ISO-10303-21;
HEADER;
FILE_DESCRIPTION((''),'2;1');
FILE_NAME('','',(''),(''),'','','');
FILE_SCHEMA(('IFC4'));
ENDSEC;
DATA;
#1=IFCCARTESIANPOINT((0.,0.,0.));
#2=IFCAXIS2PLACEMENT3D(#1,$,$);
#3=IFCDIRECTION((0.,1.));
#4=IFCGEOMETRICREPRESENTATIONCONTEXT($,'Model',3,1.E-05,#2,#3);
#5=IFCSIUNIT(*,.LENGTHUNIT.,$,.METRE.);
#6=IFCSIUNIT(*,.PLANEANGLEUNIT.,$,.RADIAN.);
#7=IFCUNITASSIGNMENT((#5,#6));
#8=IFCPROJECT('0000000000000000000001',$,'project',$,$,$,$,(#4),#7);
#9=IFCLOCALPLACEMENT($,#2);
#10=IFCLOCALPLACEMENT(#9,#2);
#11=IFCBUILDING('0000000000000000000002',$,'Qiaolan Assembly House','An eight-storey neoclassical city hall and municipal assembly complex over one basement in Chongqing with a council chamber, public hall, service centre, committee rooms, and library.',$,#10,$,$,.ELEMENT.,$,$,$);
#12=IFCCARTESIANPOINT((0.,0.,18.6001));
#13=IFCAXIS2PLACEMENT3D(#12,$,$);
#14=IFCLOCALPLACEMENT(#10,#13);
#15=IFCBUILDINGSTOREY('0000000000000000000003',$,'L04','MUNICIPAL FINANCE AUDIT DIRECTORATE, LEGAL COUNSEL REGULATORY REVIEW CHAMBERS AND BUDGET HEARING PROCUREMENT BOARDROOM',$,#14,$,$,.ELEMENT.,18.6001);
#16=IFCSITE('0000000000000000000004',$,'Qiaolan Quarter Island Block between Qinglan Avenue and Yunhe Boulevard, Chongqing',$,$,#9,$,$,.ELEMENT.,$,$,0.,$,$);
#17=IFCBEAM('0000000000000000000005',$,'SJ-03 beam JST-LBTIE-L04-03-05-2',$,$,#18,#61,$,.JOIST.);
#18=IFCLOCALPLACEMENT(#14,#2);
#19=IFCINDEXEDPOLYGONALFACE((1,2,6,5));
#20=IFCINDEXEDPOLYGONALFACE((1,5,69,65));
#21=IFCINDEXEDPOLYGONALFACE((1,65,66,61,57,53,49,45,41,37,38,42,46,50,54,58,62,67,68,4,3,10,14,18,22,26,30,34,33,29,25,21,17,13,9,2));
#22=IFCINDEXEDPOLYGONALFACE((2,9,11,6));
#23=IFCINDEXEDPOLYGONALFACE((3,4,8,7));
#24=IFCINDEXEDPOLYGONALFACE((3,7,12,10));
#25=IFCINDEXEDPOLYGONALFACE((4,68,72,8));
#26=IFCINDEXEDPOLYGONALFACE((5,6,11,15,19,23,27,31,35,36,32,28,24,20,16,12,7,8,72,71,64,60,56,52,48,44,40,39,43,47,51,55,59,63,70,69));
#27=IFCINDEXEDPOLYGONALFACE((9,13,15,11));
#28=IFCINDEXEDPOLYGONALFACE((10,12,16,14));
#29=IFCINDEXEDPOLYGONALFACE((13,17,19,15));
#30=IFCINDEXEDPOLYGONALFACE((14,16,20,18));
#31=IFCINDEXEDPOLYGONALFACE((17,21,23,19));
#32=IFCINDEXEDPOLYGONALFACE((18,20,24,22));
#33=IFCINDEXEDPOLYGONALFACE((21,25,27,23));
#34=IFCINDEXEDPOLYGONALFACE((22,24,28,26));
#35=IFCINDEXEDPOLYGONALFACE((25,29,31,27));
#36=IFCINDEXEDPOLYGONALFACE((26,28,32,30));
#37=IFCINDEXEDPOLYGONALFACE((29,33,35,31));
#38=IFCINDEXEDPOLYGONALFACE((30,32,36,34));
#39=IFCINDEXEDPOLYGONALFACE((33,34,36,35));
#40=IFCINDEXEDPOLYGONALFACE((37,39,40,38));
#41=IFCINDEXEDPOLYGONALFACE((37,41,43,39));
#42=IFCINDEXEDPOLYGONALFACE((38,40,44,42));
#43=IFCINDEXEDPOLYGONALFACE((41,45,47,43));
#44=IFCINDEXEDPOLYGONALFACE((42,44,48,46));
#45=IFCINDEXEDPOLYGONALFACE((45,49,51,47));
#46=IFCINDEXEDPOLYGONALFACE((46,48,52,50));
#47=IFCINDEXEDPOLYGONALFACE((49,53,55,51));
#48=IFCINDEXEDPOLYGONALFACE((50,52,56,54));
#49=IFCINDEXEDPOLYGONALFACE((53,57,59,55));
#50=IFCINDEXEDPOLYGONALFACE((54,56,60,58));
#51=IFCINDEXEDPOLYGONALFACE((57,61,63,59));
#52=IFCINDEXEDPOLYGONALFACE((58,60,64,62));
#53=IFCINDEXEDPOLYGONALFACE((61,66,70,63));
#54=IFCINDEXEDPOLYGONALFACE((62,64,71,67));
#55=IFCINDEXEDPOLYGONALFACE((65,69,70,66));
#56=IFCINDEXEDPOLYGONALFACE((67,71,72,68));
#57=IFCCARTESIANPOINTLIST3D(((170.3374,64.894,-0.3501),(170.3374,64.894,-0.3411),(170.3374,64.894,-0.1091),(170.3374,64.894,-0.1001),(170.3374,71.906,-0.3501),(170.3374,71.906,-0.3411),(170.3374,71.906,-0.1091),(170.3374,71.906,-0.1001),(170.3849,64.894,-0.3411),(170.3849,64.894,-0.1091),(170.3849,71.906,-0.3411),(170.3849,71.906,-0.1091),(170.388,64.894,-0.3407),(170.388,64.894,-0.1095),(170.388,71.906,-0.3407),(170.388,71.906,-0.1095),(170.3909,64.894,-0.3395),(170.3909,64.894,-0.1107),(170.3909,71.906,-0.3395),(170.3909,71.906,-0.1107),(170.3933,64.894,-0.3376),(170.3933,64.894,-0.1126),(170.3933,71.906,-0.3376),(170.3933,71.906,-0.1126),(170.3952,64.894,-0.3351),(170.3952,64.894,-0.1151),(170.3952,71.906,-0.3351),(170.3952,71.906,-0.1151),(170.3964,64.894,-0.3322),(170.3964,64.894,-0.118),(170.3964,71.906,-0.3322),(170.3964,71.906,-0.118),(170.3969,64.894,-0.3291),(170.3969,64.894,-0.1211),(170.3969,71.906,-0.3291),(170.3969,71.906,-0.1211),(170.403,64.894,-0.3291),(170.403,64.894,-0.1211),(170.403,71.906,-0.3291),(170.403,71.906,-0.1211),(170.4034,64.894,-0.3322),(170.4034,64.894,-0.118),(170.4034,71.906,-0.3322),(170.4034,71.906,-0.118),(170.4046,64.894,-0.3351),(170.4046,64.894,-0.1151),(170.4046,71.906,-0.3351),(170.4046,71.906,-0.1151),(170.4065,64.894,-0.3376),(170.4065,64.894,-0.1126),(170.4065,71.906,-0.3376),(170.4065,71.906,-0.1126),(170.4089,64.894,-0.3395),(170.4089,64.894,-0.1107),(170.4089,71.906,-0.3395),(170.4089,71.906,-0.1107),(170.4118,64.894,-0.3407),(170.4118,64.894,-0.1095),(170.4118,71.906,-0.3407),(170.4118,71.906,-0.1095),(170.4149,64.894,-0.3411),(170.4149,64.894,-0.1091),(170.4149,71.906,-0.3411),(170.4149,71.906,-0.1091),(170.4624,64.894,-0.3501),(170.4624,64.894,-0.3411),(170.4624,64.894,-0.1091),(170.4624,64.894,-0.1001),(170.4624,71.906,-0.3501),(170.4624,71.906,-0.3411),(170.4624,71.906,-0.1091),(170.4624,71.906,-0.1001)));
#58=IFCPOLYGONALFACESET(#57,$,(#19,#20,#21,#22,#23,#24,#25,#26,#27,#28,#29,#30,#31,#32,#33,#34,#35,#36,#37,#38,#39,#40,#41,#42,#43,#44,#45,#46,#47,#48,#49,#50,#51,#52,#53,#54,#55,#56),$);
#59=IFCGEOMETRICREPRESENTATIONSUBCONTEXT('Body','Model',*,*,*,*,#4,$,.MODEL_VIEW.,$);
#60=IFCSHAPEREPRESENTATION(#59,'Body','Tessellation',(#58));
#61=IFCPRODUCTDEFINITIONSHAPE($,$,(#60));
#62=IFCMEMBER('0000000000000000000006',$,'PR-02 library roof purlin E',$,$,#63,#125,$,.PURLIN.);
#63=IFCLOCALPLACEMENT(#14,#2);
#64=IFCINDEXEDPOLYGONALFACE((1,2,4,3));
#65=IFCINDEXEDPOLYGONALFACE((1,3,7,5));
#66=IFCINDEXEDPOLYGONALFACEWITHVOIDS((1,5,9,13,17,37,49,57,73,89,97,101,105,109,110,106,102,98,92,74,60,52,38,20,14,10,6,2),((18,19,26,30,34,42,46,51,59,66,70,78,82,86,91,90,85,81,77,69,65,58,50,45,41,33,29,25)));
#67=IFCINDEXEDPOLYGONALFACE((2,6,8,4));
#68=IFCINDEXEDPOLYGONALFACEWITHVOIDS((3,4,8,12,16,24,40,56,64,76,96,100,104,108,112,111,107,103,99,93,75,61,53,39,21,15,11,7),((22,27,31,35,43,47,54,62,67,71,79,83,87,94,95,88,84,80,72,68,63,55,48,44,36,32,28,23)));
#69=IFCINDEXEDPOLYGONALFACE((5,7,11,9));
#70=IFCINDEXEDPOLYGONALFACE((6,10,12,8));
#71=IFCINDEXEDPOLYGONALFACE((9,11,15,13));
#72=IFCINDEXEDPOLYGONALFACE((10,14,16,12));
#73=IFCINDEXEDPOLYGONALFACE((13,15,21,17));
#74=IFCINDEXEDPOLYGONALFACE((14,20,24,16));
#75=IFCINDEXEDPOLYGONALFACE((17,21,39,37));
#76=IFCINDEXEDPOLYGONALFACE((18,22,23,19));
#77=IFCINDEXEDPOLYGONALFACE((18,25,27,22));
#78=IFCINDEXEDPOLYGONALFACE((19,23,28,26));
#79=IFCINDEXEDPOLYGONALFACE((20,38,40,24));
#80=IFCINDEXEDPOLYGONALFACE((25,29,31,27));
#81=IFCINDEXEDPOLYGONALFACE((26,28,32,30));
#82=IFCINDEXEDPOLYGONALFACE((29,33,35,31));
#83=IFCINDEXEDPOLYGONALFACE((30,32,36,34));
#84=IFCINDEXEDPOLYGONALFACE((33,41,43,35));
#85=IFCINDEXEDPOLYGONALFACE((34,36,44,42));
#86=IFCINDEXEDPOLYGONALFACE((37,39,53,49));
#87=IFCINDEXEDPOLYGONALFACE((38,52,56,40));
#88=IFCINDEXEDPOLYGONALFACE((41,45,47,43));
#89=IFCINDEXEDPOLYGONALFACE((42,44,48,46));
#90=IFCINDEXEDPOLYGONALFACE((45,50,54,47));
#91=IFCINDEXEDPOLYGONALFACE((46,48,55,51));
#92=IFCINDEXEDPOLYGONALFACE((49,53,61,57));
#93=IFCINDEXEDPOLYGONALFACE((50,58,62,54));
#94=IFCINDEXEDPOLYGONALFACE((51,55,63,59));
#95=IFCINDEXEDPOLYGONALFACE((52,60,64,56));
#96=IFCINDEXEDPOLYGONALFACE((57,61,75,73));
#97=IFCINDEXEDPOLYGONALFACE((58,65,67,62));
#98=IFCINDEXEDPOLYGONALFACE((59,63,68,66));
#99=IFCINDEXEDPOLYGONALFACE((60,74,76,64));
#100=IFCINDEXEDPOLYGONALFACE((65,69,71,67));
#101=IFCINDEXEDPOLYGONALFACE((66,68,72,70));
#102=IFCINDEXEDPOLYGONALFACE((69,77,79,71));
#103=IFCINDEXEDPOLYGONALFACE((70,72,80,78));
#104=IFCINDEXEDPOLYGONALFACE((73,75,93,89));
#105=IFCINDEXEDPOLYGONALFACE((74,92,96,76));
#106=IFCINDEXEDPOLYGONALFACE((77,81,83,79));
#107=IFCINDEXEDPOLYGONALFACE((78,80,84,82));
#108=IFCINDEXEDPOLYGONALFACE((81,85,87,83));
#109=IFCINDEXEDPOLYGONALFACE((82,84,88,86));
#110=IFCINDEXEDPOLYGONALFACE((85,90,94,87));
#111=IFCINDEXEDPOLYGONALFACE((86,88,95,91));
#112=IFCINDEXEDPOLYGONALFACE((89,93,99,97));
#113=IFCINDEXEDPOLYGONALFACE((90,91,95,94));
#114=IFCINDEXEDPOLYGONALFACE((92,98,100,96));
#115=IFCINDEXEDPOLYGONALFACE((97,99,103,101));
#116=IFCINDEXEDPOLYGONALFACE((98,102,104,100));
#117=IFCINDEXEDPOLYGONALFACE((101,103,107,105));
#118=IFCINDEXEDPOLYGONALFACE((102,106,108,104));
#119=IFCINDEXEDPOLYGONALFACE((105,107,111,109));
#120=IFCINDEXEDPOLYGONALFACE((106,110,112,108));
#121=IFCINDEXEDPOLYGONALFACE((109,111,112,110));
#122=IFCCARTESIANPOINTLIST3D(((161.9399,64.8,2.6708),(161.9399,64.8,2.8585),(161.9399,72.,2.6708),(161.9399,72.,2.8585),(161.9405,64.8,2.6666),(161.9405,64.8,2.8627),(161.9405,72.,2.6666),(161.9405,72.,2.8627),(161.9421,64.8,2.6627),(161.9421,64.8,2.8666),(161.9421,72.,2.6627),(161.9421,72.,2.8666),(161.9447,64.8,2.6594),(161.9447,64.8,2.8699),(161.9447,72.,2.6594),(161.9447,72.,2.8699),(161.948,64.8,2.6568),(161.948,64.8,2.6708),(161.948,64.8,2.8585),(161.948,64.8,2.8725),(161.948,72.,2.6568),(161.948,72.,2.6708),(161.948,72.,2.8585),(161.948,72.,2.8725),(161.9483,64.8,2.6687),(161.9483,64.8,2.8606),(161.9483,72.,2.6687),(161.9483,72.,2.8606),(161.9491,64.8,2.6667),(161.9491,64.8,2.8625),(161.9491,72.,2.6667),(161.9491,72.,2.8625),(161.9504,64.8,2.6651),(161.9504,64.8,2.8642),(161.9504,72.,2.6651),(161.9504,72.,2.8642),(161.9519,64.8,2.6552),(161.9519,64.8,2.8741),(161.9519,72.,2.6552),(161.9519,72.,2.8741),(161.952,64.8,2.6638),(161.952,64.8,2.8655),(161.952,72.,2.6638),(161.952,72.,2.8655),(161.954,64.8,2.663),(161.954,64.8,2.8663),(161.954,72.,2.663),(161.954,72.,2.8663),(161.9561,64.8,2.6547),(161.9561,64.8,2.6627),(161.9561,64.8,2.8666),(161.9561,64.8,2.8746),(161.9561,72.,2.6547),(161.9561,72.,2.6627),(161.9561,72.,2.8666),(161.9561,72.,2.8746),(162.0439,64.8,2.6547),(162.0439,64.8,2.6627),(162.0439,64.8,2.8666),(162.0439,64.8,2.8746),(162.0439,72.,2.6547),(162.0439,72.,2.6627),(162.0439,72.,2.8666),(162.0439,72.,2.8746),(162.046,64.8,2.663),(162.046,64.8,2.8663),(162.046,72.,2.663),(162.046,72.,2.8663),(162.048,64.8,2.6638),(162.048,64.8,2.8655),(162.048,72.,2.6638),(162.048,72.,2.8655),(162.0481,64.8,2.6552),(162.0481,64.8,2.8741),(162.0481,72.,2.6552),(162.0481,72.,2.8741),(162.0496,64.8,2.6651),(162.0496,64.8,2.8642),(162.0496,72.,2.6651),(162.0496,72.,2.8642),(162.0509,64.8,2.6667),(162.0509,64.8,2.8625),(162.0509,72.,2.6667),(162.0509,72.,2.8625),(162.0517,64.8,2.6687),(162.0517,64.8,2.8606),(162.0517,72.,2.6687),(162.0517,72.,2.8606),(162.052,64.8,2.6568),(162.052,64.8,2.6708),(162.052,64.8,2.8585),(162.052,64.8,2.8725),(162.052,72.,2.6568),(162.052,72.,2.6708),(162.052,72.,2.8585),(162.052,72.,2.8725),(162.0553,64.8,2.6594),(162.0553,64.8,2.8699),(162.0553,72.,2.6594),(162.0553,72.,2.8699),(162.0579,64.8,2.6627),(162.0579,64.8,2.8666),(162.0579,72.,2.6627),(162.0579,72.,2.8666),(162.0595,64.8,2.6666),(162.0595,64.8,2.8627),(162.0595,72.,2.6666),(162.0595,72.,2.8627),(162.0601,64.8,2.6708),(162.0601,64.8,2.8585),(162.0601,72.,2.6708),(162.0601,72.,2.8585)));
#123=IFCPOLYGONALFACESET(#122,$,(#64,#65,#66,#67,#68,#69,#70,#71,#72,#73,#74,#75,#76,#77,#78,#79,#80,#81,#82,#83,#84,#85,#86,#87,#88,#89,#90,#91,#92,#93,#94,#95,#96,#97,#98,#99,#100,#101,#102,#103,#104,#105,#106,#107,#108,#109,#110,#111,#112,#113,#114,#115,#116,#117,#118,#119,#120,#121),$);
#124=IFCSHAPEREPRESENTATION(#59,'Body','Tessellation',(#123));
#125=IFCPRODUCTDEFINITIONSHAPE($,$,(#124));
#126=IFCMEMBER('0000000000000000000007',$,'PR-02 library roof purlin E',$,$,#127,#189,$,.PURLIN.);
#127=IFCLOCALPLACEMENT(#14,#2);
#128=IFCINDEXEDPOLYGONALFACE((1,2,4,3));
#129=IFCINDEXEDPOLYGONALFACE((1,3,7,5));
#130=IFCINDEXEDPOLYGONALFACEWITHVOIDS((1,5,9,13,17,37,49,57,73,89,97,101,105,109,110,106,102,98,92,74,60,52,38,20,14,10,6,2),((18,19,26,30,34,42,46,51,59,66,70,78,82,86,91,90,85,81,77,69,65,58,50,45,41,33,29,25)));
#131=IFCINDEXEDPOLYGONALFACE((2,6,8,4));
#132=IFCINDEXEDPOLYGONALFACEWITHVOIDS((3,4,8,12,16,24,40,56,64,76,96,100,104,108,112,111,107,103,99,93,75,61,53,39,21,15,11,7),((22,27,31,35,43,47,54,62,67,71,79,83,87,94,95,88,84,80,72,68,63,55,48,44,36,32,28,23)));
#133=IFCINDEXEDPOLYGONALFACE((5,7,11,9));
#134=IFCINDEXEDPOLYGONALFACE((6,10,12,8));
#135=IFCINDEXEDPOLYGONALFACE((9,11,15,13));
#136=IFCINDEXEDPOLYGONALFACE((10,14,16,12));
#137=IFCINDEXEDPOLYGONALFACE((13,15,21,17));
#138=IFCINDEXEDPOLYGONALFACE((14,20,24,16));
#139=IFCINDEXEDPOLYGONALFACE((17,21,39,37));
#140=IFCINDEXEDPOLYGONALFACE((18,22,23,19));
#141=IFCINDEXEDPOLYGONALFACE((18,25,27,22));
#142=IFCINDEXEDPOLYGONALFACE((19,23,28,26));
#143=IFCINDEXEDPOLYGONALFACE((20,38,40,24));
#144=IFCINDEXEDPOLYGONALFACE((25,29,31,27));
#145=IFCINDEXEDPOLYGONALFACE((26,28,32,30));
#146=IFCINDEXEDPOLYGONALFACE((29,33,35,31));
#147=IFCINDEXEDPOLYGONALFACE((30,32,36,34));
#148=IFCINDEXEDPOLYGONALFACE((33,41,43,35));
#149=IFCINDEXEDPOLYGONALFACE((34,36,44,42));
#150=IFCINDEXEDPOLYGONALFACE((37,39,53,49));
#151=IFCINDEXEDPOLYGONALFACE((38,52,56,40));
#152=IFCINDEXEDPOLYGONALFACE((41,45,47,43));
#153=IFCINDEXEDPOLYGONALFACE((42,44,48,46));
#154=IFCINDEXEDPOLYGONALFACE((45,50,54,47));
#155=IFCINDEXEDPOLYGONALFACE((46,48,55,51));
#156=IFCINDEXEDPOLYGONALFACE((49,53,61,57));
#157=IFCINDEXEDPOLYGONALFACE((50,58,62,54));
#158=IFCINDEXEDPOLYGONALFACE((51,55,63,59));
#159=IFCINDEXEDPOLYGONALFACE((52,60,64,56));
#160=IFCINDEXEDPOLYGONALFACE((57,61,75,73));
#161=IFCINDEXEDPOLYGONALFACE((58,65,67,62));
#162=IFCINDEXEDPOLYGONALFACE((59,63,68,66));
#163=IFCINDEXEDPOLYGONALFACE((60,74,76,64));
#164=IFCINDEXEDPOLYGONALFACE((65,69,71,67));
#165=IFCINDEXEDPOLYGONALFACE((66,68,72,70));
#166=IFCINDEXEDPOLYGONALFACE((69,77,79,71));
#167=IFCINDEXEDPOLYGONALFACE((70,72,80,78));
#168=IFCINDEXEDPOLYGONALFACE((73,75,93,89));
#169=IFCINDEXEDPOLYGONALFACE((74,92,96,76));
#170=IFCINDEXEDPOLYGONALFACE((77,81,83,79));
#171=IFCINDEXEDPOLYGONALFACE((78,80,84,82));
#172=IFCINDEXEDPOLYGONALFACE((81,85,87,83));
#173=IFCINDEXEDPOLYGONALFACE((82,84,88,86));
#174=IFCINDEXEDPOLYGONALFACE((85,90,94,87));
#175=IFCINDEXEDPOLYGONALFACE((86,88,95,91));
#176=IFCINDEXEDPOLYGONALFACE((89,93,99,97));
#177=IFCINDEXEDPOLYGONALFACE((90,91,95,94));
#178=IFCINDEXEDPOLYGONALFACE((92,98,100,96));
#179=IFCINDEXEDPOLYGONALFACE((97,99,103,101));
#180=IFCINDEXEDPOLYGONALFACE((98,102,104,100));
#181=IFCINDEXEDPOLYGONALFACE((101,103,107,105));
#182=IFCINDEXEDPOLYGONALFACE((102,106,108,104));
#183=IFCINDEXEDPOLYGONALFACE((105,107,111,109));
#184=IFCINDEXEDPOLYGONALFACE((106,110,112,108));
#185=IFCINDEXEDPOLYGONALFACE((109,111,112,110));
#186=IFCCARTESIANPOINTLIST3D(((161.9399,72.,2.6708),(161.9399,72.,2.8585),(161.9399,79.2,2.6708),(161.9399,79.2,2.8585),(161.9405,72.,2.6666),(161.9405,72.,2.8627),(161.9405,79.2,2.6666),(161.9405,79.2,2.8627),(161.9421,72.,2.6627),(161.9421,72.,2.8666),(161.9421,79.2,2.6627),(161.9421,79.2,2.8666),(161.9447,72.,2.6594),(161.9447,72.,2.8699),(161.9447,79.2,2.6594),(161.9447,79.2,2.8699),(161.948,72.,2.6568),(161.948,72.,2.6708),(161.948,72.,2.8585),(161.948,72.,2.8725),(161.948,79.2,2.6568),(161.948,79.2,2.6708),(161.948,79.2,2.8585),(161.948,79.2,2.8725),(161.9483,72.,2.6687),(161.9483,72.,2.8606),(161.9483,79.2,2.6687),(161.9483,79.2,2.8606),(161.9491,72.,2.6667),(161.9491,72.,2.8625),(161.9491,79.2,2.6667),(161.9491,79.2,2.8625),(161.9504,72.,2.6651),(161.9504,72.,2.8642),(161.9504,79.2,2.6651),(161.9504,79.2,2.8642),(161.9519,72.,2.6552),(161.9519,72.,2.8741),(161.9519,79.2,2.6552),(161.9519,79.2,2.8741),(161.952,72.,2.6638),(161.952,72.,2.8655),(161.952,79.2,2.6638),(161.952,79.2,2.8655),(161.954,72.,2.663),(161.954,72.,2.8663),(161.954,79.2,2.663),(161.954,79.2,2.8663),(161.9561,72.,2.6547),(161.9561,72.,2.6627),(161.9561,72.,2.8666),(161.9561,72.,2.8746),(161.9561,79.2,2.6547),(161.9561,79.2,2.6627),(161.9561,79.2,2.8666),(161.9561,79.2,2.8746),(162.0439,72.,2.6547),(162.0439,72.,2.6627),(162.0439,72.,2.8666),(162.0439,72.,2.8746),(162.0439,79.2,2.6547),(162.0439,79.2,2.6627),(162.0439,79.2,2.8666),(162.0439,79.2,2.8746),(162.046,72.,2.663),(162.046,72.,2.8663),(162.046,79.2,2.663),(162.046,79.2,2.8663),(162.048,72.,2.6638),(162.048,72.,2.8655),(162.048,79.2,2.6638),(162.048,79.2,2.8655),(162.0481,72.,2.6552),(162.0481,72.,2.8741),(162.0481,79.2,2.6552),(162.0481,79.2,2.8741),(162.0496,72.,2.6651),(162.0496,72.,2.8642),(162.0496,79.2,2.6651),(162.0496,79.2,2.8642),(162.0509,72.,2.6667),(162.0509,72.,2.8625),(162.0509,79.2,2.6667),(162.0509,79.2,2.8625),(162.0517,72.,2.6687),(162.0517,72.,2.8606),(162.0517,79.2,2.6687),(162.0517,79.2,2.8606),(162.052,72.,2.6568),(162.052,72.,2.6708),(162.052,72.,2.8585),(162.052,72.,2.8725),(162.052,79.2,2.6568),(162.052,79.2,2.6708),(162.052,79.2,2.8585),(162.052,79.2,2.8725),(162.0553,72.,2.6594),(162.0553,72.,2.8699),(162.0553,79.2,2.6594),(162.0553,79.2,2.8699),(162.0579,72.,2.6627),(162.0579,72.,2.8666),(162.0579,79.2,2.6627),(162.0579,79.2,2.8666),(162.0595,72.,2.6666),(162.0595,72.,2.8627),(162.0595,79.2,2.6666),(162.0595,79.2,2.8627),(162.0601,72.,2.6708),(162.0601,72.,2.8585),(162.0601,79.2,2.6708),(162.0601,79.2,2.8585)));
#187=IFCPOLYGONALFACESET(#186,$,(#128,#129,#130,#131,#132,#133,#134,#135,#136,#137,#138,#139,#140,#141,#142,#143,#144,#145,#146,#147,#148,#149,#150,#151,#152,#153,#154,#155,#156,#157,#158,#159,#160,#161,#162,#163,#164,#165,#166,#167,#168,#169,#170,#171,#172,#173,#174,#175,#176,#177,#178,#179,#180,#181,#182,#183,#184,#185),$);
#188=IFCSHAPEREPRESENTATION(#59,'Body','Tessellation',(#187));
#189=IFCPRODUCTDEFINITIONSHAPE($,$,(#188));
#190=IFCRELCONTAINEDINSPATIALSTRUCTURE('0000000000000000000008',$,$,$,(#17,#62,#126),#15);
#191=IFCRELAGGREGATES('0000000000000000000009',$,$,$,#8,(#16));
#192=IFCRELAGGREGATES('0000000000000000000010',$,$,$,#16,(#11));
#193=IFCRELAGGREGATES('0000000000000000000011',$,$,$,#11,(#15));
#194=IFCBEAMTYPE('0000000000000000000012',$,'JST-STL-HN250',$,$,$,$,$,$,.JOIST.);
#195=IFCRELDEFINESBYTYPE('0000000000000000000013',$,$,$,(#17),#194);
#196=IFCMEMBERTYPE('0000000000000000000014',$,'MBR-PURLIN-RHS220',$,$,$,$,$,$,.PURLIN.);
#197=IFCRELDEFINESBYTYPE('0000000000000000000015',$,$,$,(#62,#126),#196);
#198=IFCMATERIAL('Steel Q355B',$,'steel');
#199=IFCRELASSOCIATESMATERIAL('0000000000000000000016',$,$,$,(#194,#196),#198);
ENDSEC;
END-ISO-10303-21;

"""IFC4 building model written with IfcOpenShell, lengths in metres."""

from ifc_helpers import new_model, si_unit, direction, frame, origin, origin_2d, place, context, subcontext, project, spatial, hollow_rectangle, i_section, extrude, material, material_profile, profile_set, type_object, element, save


model = new_model("IFC4")

# Units and contexts
model_context = context("Model", 3, precision=1e-05, world=origin(), true_north=direction((0.0, 1.0)))
body_context = subcontext(model_context, "Body", "Model", "MODEL_VIEW")
ifc_project = project(units=[si_unit("LENGTHUNIT", "METRE"), si_unit("PLANEANGLEUNIT", "RADIAN")], contexts=[model_context])

# Site, building, storey
site_placement = place(None, origin())
site = spatial("IfcSite", under=ifc_project, at=site_placement, Name="Qiaolan Quarter Island Block between Qinglan Avenue and Yunhe Boulevard, Chongqing", CompositionType="ELEMENT", RefElevation=0.0)
building_placement = place(site_placement, origin())
building = spatial("IfcBuilding", under=site, at=building_placement, Name="Qiaolan Assembly House", Description="An eight-storey neoclassical city hall and municipal assembly complex over one basement in Chongqing with a council chamber, public hall, service centre, committee rooms, and library.", CompositionType="ELEMENT")
storey_placement = place(building_placement, frame((0.0, 0.0, 18.6001)))
storey = spatial("IfcBuildingStorey", under=building, at=storey_placement, Name="L04", Description="MUNICIPAL FINANCE AUDIT DIRECTORATE, LEGAL COUNSEL REGULATORY REVIEW CHAMBERS AND BUDGET HEARING PROCUREMENT BOARDROOM", CompositionType="ELEMENT", Elevation=18.6001)

# Beam
ifc_material = material(Name="Steel Q355B", Category="steel")
ifc_material_profile_1 = material_profile(ifc_material, i_section(OverallWidth=0.125, OverallDepth=0.25, WebThickness=0.0061, FlangeThickness=0.009, FilletRadius=0.012, at=origin_2d()), Name="HN 250x125x6x9")
ifc_profile_set_1 = profile_set([ifc_material_profile_1], Name="Steel Q355B")
beam_type_1 = type_object("IfcBeamType", Name="JST-STL-HN250", PredefinedType="JOIST", material=ifc_profile_set_1)
for number, where, z_axis, x_axis, name in (
    (1, (170.3999, 64.894, -0.2251), (0.0, 1.0, 0.0), (-1.0, 0.0, 0.0), "SJ-03 beam JST-LBTIE-L04-03-05-2"),
):
    element("IfcBeam", number, at=place(storey_placement, frame(where, z_axis=z_axis, x_axis=x_axis)), inside=storey, type_object=beam_type_1, Name=name, PredefinedType="JOIST", context=body_context, shape_type="SweptSolid", body=[
        extrude(i_section(OverallWidth=0.125, OverallDepth=0.25, WebThickness=0.0061, FlangeThickness=0.009, FilletRadius=0.012, at=origin_2d()), origin(), (0.0, 0.0, 1.0), 7.012),
    ])

# Members
ifc_material_profile_2 = material_profile(ifc_material, hollow_rectangle(XDim=0.1201, YDim=0.22, WallThickness=0.0081, InnerFilletRadius=0.0081, OuterFilletRadius=0.0161, at=origin_2d()), Name="RHS 220x120x8")
ifc_profile_set_2 = profile_set([ifc_material_profile_2], Name="Steel Q355B")
member_type = type_object("IfcMemberType", Name="MBR-PURLIN-RHS220", PredefinedType="PURLIN", material=ifc_profile_set_2)
for number, where, z_axis, x_axis, name in (
    (2, (162.0, 64.8, 2.7646), (0.0, 1.0, 0.0), (-1.0, 0.0, 0.0), "PR-02 library roof purlin E"),
    (3, (162.0, 72.0, 2.7646), (0.0, 1.0, 0.0), (-1.0, 0.0, 0.0), "PR-02 library roof purlin E"),
):
    element("IfcMember", number, at=place(storey_placement, frame(where, z_axis=z_axis, x_axis=x_axis)), inside=storey, type_object=member_type, Name=name, PredefinedType="PURLIN", context=body_context, shape_type="SweptSolid", body=[
        extrude(hollow_rectangle(XDim=0.1201, YDim=0.22, WallThickness=0.0081, InnerFilletRadius=0.0081, OuterFilletRadius=0.0161, at=origin_2d()), origin(), (0.0, 0.0, 1.0), 7.2),
    ])

save(model, "model.ifc")
